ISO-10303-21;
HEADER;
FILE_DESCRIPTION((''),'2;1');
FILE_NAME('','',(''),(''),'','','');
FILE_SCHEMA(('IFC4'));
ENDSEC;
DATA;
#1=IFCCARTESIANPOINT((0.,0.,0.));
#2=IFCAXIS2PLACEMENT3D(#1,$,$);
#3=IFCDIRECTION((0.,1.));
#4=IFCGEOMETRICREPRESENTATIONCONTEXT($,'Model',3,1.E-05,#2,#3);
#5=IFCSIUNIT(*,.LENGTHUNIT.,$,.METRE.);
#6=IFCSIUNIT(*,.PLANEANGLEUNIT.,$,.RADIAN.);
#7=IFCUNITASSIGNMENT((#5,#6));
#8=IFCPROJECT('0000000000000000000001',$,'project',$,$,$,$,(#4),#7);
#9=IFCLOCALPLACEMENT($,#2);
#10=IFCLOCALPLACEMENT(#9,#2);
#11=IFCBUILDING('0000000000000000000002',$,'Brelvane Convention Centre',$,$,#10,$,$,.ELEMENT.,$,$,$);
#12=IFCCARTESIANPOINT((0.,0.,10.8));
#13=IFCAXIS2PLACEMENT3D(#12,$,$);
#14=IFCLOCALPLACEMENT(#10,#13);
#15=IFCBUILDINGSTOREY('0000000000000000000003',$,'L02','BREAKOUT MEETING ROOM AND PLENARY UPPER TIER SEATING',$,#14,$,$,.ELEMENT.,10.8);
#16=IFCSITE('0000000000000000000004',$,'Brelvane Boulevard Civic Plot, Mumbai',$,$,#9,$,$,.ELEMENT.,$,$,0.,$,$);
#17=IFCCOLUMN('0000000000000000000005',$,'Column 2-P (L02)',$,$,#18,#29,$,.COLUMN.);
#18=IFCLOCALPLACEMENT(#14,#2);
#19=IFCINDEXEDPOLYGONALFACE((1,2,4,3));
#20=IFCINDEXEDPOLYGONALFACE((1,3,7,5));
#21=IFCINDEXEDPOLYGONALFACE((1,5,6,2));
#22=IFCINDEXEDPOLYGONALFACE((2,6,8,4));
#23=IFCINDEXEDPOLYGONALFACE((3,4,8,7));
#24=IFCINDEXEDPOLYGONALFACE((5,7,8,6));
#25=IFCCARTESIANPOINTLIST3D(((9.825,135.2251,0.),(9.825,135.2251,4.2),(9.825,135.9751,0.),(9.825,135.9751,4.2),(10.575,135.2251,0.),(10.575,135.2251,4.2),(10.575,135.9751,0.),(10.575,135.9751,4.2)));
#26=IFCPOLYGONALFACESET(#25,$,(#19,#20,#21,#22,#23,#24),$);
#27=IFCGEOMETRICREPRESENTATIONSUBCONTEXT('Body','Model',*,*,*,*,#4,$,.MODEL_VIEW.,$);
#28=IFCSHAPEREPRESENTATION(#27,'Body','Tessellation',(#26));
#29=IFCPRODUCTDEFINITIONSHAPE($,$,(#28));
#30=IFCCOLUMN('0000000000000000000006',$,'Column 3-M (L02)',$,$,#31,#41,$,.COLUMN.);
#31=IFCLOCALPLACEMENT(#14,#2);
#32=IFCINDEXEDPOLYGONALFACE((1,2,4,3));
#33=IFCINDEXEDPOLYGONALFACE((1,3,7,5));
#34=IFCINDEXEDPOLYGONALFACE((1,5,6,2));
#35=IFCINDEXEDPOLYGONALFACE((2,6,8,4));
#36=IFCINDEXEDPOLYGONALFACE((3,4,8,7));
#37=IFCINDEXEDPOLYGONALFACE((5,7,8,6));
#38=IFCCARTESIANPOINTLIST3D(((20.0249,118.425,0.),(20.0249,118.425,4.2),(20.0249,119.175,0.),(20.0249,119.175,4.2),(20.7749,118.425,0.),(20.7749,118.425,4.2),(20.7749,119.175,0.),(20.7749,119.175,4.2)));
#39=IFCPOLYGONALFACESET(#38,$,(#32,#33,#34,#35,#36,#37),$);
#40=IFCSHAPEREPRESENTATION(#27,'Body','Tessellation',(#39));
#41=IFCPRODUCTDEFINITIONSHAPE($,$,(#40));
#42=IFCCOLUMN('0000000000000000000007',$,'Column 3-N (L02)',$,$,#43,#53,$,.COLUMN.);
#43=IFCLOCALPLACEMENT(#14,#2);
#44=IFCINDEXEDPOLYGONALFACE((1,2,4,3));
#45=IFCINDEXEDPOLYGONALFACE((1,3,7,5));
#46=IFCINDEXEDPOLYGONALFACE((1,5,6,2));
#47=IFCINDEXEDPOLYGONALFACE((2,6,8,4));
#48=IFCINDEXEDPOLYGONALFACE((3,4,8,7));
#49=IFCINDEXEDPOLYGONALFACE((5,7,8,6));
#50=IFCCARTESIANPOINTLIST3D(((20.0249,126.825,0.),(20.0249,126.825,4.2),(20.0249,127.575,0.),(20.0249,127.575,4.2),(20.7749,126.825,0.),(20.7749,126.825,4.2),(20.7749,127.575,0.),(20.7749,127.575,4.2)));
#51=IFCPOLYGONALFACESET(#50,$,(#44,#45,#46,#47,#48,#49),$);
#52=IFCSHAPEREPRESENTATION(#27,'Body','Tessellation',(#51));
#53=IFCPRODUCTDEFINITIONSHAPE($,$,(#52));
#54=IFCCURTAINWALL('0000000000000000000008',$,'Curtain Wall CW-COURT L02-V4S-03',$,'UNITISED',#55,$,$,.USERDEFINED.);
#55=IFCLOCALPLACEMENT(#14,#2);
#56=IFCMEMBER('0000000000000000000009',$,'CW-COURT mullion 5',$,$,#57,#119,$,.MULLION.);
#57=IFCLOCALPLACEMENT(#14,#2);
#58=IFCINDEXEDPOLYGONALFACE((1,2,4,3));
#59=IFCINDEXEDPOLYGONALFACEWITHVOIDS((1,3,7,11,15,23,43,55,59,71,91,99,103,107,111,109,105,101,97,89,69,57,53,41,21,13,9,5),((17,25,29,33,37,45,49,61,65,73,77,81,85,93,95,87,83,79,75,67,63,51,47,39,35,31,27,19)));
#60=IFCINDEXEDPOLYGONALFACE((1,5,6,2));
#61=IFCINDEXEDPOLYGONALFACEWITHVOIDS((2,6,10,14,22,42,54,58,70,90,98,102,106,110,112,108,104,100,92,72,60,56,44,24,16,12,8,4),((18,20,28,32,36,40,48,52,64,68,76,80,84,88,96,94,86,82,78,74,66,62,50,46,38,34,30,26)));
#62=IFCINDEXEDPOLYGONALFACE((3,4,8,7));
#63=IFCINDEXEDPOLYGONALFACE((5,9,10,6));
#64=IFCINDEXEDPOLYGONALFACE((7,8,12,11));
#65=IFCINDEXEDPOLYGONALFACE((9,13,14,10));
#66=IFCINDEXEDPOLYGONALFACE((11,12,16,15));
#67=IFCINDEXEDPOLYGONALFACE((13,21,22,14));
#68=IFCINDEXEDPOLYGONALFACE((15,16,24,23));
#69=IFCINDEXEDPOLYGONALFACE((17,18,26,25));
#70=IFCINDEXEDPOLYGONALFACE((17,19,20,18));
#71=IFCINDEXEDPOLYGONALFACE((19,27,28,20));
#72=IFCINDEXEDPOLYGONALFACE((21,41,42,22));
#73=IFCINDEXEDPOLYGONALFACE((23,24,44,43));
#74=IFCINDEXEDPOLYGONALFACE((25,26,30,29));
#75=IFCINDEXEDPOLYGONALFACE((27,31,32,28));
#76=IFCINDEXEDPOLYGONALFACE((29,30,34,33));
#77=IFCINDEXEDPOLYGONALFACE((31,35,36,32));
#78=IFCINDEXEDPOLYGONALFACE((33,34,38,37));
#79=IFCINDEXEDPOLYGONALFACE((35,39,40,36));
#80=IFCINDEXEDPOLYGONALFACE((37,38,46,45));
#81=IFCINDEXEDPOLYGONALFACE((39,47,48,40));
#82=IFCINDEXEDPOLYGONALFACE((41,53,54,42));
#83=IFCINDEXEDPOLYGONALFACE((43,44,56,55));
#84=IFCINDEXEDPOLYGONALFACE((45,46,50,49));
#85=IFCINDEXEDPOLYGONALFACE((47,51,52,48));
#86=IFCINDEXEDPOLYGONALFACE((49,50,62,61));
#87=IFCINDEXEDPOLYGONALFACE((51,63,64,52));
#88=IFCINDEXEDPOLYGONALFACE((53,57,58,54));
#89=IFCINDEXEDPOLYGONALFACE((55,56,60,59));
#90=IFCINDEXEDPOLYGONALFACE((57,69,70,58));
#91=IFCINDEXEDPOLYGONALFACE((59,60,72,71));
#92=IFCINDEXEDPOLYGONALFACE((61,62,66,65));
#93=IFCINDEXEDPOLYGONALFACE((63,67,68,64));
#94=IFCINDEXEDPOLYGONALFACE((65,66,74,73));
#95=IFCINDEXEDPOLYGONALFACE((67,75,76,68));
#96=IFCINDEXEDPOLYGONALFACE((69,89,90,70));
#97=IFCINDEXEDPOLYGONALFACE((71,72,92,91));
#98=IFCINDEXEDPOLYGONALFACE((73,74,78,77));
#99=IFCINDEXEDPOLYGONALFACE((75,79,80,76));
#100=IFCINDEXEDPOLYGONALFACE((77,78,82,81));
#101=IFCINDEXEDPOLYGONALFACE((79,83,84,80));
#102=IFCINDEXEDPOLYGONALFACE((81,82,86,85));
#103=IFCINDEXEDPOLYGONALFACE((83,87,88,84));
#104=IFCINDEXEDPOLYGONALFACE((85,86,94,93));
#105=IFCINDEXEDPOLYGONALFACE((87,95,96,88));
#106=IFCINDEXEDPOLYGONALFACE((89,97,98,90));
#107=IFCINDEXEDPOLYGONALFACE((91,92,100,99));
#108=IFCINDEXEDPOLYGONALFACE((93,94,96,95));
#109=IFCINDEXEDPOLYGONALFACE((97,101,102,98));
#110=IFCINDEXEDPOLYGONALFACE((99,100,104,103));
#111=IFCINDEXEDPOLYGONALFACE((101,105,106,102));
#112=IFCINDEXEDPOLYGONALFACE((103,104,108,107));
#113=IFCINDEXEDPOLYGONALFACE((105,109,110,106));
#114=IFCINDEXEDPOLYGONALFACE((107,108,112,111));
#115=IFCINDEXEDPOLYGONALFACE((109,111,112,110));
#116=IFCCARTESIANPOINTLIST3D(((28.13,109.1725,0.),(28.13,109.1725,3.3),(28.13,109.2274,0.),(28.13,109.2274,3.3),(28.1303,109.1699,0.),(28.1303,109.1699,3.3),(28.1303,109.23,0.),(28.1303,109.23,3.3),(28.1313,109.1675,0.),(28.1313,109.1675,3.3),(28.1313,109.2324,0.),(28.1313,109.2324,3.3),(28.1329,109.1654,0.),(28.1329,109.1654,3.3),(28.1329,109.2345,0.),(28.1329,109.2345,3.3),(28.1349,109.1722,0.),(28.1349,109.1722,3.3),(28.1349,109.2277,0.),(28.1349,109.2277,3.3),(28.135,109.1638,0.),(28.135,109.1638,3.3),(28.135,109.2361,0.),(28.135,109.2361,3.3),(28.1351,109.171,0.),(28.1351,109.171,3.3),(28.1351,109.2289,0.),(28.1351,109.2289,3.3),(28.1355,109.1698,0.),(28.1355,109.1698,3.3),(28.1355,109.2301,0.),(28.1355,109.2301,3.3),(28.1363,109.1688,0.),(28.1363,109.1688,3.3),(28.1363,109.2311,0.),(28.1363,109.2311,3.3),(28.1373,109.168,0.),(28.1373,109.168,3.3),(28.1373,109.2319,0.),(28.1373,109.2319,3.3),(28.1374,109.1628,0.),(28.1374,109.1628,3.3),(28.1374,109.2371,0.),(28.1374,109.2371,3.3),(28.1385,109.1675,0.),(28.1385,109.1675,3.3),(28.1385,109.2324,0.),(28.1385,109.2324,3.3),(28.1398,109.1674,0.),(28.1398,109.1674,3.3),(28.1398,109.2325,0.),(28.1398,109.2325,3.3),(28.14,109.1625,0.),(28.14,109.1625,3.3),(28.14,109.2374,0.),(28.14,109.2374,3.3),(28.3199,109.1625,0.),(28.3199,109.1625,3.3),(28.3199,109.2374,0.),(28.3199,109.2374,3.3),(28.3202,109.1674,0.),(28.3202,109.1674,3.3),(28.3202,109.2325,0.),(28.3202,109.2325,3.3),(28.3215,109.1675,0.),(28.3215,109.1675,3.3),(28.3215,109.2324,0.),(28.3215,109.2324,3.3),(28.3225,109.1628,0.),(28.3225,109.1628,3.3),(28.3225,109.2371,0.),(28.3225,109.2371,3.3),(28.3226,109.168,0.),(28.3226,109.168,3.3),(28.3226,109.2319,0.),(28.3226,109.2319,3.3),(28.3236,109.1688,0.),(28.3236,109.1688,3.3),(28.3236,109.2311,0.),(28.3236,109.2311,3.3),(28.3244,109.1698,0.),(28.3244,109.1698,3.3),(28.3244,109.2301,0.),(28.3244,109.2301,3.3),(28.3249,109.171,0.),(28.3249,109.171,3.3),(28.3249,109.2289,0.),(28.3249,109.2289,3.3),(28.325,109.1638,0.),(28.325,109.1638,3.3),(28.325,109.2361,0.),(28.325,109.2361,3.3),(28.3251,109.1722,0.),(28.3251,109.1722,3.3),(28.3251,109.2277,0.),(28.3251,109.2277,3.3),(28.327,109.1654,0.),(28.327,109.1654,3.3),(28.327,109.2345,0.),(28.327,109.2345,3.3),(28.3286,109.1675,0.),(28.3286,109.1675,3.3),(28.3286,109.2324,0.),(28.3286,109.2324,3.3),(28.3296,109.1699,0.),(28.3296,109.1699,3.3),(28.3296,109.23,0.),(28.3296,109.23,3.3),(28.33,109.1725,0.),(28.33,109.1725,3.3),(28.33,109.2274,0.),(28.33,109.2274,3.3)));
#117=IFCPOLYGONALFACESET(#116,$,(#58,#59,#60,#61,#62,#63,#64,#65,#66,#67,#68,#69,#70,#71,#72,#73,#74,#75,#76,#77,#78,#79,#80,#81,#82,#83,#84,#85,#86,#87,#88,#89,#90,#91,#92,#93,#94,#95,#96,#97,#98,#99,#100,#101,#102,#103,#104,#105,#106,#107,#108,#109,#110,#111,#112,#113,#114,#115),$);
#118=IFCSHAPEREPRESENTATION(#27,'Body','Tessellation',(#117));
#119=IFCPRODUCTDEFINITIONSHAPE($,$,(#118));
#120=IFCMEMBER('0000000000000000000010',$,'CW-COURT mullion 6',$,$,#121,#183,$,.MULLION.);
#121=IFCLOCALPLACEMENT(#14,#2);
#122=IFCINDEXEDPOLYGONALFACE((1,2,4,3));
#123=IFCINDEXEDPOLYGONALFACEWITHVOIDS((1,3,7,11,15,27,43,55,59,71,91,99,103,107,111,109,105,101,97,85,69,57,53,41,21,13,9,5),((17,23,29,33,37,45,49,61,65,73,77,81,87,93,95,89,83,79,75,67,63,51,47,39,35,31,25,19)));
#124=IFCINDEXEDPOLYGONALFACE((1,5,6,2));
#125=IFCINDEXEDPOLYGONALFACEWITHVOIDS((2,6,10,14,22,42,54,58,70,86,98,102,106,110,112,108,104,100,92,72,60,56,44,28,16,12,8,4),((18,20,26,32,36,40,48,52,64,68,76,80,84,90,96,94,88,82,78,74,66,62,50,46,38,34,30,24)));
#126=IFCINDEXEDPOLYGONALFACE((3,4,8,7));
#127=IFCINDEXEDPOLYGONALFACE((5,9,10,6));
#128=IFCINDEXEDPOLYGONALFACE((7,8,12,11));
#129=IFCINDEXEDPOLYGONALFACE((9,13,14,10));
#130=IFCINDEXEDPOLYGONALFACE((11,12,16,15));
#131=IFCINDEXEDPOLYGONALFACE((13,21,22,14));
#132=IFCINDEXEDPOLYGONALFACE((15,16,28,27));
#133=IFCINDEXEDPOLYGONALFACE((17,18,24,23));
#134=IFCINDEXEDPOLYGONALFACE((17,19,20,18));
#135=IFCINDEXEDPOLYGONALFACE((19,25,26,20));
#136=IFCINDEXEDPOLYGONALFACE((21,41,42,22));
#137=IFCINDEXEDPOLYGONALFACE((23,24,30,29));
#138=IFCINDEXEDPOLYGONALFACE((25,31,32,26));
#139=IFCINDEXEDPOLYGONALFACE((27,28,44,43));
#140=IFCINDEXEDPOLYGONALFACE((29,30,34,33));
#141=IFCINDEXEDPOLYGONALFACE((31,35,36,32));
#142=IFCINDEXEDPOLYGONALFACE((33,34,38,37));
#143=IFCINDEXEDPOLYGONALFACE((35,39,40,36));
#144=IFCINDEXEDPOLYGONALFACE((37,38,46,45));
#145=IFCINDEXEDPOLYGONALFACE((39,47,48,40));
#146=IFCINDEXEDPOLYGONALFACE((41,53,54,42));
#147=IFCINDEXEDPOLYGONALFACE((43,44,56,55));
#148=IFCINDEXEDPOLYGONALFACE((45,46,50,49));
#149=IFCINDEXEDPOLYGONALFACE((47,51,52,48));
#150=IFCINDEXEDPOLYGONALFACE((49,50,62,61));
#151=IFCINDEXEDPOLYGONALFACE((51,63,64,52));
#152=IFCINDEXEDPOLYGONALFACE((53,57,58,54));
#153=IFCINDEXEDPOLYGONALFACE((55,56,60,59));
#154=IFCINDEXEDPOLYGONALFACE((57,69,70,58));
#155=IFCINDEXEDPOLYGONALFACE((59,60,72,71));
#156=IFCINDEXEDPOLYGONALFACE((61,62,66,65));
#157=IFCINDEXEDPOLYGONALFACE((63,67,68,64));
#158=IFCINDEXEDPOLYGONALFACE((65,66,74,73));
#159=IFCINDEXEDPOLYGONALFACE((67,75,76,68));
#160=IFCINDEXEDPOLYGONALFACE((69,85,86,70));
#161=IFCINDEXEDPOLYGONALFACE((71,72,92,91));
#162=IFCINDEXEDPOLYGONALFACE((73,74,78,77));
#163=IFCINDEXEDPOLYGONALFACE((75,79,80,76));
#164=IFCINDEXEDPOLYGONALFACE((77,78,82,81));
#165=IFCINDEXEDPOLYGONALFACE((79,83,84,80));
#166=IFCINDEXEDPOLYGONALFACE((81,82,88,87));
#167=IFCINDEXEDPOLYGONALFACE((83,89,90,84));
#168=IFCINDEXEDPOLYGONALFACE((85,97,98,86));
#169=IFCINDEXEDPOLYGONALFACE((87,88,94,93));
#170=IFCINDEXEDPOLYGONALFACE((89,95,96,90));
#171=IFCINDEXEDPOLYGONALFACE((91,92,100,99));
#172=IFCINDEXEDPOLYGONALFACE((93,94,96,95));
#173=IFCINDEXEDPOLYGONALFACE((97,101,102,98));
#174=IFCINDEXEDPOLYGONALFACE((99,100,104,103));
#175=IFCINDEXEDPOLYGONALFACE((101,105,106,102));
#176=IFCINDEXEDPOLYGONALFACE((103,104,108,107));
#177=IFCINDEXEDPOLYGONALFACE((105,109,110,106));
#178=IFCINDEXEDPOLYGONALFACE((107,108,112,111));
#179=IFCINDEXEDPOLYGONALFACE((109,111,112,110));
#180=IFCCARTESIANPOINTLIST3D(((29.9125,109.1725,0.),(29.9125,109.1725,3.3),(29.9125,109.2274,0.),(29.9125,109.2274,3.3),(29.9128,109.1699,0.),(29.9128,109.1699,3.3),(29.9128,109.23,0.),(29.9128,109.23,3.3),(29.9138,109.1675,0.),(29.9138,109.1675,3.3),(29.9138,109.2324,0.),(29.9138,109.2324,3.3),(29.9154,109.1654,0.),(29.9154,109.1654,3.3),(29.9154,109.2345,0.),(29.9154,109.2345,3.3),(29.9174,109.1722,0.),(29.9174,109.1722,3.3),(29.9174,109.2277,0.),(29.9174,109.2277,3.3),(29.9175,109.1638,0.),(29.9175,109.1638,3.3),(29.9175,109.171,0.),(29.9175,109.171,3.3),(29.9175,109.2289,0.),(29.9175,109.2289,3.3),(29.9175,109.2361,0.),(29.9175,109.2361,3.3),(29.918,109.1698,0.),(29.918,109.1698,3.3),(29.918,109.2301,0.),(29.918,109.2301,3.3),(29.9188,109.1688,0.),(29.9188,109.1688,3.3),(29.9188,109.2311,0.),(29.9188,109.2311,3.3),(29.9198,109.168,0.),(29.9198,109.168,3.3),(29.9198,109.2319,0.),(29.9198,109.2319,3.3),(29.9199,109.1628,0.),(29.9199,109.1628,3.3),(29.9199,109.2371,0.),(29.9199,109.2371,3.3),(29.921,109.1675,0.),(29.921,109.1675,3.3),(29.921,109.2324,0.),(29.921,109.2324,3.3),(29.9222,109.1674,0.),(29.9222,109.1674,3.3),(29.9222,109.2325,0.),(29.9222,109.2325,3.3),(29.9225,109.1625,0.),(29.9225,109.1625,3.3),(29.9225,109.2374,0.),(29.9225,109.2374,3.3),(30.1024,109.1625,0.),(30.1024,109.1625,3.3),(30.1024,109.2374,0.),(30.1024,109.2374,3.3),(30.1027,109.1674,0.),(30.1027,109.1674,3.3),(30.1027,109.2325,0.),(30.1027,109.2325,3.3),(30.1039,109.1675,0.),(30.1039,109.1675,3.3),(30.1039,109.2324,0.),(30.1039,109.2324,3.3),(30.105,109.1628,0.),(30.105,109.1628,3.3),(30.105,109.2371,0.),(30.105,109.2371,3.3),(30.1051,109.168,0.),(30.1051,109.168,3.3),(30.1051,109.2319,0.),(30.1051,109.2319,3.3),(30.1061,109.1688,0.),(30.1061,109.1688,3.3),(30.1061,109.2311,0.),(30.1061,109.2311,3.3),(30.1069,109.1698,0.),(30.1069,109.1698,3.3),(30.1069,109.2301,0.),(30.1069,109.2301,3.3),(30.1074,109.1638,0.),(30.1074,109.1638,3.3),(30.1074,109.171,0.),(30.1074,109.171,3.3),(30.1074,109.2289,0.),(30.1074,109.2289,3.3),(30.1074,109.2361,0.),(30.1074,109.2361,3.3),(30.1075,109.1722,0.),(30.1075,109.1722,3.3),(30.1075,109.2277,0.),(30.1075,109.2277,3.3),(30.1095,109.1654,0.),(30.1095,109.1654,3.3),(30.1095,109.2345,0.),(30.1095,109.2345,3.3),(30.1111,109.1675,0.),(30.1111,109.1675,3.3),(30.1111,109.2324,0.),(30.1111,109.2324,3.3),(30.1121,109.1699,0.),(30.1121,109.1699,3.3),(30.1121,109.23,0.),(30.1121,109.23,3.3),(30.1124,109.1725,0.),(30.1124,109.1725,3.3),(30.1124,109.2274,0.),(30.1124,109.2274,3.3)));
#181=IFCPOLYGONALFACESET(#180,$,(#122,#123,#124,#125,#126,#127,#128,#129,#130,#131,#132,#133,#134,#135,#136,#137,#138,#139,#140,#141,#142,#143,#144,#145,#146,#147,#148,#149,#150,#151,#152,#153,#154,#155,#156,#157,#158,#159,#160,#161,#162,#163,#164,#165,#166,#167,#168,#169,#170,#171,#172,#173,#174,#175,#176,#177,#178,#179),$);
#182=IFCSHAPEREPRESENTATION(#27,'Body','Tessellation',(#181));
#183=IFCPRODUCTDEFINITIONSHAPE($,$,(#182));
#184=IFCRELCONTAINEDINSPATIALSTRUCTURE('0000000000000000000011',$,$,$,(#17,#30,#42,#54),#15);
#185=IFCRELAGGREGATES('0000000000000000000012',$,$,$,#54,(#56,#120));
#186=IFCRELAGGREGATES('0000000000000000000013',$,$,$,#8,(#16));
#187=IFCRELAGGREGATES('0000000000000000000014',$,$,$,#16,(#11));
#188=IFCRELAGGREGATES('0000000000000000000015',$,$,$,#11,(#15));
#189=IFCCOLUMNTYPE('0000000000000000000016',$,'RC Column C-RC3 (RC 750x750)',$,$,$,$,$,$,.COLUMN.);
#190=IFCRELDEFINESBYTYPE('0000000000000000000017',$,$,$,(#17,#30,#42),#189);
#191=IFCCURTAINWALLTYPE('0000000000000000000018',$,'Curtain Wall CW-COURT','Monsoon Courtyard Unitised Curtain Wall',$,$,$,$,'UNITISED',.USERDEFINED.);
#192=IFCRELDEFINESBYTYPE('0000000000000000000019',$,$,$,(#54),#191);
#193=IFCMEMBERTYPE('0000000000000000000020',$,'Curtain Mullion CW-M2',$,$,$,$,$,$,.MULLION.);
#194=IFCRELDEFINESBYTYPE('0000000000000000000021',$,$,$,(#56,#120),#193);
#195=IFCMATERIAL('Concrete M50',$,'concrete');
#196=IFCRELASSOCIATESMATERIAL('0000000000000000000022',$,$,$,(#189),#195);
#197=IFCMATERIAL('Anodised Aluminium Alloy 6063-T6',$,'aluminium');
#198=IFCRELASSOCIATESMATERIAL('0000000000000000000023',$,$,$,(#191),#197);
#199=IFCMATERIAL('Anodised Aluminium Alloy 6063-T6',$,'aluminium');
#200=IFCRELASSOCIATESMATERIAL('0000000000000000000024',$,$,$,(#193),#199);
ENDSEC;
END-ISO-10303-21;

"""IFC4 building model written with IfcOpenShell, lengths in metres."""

from ifc_helpers import new_model, si_unit, direction, frame, origin, origin_2d, place, context, subcontext, project, spatial, rectangle, hollow_rectangle, extrude, material, material_profile, profile_set, type_object, element, aggregate, save


model = new_model("IFC4")

# Units and contexts
model_context = context("Model", 3, precision=1e-05, world=origin(), true_north=direction((0.0, 1.0)))
body_context = subcontext(model_context, "Body", "Model", "MODEL_VIEW")
ifc_project = project(units=[si_unit("LENGTHUNIT", "METRE"), si_unit("PLANEANGLEUNIT", "RADIAN")], contexts=[model_context])

# Site, building, storey
site_placement = place(None, origin())
site = spatial("IfcSite", under=ifc_project, at=site_placement, Name="Brelvane Boulevard Civic Plot, Mumbai", CompositionType="ELEMENT", RefElevation=0.0)
building_placement = place(site_placement, origin())
building = spatial("IfcBuilding", under=site, at=building_placement, Name="Brelvane Convention Centre", CompositionType="ELEMENT")
storey_placement = place(building_placement, frame((0.0, 0.0, 10.8)))
storey = spatial("IfcBuildingStorey", under=building, at=storey_placement, Name="L02", Description="BREAKOUT MEETING ROOM AND PLENARY UPPER TIER SEATING", CompositionType="ELEMENT", Elevation=10.8)

# Columns
ifc_material_1 = material(Name="Concrete M50", Category="concrete")
ifc_material_profile_1 = material_profile(ifc_material_1, rectangle(XDim=0.75, YDim=0.75, at=origin_2d()), Name="RC 750x750")
ifc_profile_set_1 = profile_set([ifc_material_profile_1], Name="Concrete M50")
column_type = type_object("IfcColumnType", Name="RC Column C-RC3 (RC 750x750)", PredefinedType="COLUMN", material=ifc_profile_set_1)
for number, where, z_axis, x_axis, name in (
    (1, (10.2, 135.6001, 0.0), (0.0, 0.0, 1.0), (1.0, 0.0, 0.0), "Column 2-P (L02)"),
    (2, (20.3999, 118.8, 0.0), (0.0, 0.0, 1.0), (1.0, 0.0, 0.0), "Column 3-M (L02)"),
    (3, (20.3999, 127.2, 0.0), (0.0, 0.0, 1.0), (1.0, 0.0, 0.0), "Column 3-N (L02)"),
):
    element("IfcColumn", number, at=place(storey_placement, frame(where, z_axis=z_axis, x_axis=x_axis)), inside=storey, type_object=column_type, Name=name, PredefinedType="COLUMN", context=body_context, shape_type="SweptSolid", body=[
        extrude(rectangle(XDim=0.75, YDim=0.75, at=origin_2d()), origin(), (0.0, 0.0, 1.0), 4.2),
    ])

# Curtain wall, members
ifc_material_2 = material(Name="Anodised Aluminium Alloy 6063-T6", Category="aluminium")
curtain_wall_type = type_object("IfcCurtainWallType", Name="Curtain Wall CW-COURT", Description="Monsoon Courtyard Unitised Curtain Wall", ElementType="UNITISED", PredefinedType="USERDEFINED", material=ifc_material_2)
curtain_wall_placement = place(storey_placement, origin())
curtain_wall = element("IfcCurtainWall", 4, at=curtain_wall_placement, inside=storey, type_object=curtain_wall_type, Name="Curtain Wall CW-COURT L02-V4S-03", ObjectType="UNITISED", PredefinedType="USERDEFINED")
ifc_material_3 = material(Name="Anodised Aluminium Alloy 6063-T6", Category="aluminium")
ifc_material_profile_2 = material_profile(ifc_material_3, hollow_rectangle(XDim=0.075, YDim=0.2, WallThickness=0.0049, InnerFilletRadius=0.0049, OuterFilletRadius=0.01, at=origin_2d()), Name="ALU-M 200x75x5.0")
ifc_profile_set_2 = profile_set([ifc_material_profile_2], Name="Anodised Aluminium Alloy 6063-T6")
member_type_1 = type_object("IfcMemberType", Name="Curtain Mullion CW-M2", PredefinedType="MULLION", material=ifc_profile_set_2)
member_1_placement = place(storey_placement, frame((28.23, 109.2, 0.0), z_axis=(0.0, 0.0, 1.0), x_axis=(0.0, 1.0, 0.0)))
member_1 = element("IfcMember", 5, at=member_1_placement, type_object=member_type_1, Name="CW-COURT mullion 5", PredefinedType="MULLION", context=body_context, shape_type="SweptSolid", body=[
    extrude(hollow_rectangle(XDim=0.075, YDim=0.2, WallThickness=0.0049, InnerFilletRadius=0.0049, OuterFilletRadius=0.01, at=origin_2d()), origin(), (0.0, 0.0, 1.0), 3.3),
])
member_2_placement = place(storey_placement, frame((30.0125, 109.2, 0.0), z_axis=(0.0, 0.0, 1.0), x_axis=(0.0, 1.0, 0.0)))
member_2 = element("IfcMember", 6, at=member_2_placement, type_object=member_type_1, Name="CW-COURT mullion 6", PredefinedType="MULLION", context=body_context, shape_type="SweptSolid", body=[
    extrude(hollow_rectangle(XDim=0.075, YDim=0.2, WallThickness=0.0049, InnerFilletRadius=0.0049, OuterFilletRadius=0.01, at=origin_2d()), origin(), (0.0, 0.0, 1.0), 3.3),
])

aggregate(curtain_wall, [member_1, member_2])

save(model, "model.ifc")
